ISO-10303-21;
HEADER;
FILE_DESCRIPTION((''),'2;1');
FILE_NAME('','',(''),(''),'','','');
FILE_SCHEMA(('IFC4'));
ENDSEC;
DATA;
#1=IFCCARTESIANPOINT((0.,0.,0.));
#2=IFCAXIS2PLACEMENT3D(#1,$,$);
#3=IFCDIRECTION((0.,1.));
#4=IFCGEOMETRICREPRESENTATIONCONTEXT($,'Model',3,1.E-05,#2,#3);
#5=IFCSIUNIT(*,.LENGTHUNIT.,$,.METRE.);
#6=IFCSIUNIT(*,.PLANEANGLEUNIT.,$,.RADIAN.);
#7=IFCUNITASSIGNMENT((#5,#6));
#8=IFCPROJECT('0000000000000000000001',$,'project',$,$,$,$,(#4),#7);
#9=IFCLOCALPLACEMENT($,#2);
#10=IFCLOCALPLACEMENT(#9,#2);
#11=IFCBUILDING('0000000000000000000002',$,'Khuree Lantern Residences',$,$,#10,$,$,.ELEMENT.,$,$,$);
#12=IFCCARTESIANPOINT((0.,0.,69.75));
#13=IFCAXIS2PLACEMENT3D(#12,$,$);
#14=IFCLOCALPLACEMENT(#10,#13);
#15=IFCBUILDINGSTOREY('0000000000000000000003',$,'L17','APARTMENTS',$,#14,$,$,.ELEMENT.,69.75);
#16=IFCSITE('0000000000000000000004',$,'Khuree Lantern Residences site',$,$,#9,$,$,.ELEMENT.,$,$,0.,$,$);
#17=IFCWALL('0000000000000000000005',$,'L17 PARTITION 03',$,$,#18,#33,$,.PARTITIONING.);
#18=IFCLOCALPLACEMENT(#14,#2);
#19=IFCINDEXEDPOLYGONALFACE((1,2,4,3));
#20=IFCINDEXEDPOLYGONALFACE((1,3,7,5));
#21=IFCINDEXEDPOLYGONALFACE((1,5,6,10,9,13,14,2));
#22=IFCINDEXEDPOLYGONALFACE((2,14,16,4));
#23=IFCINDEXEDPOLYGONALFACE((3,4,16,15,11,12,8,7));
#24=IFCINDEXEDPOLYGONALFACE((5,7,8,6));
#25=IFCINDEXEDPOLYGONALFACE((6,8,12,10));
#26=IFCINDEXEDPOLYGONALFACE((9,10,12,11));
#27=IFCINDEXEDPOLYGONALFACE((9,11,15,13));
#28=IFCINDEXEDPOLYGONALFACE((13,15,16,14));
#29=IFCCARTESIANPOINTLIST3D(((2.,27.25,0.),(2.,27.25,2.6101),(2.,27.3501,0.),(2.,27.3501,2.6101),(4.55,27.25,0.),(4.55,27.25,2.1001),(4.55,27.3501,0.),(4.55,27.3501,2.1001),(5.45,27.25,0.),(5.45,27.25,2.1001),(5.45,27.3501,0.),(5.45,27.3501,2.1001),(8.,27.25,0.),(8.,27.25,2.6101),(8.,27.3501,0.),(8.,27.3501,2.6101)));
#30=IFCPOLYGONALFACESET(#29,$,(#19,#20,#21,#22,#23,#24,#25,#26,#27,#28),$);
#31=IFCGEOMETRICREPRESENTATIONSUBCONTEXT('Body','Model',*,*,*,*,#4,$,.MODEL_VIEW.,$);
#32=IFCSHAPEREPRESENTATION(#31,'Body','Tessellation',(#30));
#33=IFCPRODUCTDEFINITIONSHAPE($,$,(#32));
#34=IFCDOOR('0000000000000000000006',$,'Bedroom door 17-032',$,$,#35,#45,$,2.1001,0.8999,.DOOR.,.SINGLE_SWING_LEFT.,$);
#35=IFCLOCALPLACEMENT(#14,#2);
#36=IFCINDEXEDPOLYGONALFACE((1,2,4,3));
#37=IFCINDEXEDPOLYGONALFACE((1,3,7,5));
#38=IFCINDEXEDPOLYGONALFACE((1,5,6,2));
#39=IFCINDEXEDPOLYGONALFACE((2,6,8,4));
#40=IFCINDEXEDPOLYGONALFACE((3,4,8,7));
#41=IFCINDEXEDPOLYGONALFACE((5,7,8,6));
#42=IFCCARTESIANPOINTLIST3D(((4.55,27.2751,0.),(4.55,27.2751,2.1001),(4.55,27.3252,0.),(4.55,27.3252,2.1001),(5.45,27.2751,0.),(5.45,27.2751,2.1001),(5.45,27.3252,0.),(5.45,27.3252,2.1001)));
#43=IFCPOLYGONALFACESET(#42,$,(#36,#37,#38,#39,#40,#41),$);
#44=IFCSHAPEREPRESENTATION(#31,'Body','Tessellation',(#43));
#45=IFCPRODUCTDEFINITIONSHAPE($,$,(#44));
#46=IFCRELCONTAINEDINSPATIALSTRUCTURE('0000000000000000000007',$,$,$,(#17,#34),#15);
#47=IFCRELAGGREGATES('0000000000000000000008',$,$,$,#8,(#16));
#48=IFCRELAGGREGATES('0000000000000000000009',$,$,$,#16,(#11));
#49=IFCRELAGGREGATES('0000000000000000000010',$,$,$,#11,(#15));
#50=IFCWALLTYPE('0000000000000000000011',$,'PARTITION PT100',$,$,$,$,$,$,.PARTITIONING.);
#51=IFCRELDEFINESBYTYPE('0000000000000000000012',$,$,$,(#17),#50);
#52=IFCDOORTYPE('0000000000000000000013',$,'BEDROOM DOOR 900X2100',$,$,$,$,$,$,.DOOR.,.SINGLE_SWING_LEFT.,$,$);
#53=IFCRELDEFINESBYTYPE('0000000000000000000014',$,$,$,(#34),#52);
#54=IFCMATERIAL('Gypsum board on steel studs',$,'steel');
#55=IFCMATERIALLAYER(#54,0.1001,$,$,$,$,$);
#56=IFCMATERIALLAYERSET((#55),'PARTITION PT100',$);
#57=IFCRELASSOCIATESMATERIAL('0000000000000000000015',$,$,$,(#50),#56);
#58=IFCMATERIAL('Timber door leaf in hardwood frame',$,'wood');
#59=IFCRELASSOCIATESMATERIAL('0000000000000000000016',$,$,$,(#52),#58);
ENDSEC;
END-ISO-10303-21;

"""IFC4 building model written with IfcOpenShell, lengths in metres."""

from ifc_helpers import new_model, si_unit, direction, frame, frame_2d, origin, place, context, subcontext, project, spatial, rectangle, extrude, material, layer, layer_set, type_object, element, fill, save


model = new_model("IFC4")

# Units and contexts
model_context = context("Model", 3, precision=1e-05, world=origin(), true_north=direction((0.0, 1.0)))
body_context = subcontext(model_context, "Body", "Model", "MODEL_VIEW")
ifc_project = project(units=[si_unit("LENGTHUNIT", "METRE"), si_unit("PLANEANGLEUNIT", "RADIAN")], contexts=[model_context])

# Site, building, storey
site_placement = place(None, origin())
site = spatial("IfcSite", under=ifc_project, at=site_placement, Name="Khuree Lantern Residences site", CompositionType="ELEMENT", RefElevation=0.0)
building_placement = place(site_placement, origin())
building = spatial("IfcBuilding", under=site, at=building_placement, Name="Khuree Lantern Residences", CompositionType="ELEMENT")
storey_placement = place(building_placement, frame((0.0, 0.0, 69.75)))
storey = spatial("IfcBuildingStorey", under=building, at=storey_placement, Name="L17", Description="APARTMENTS", CompositionType="ELEMENT", Elevation=69.75)

# Shared definitions
ifc_material_1 = material(Name="Timber door leaf in hardwood frame", Category="wood")

# Shared definitions
ifc_material_2 = material(Name="Gypsum board on steel studs", Category="steel")
ifc_layer_1 = layer(ifc_material_2, 0.1001)
ifc_layer_set_1 = layer_set([ifc_layer_1], Name="PARTITION PT100")
wall_type_1 = type_object("IfcWallType", Name="PARTITION PT100", PredefinedType="PARTITIONING", material=ifc_layer_set_1)

# Shared definitions
door_type_1 = type_object("IfcDoorType", Name="BEDROOM DOOR 900X2100", OperationType="SINGLE_SWING_LEFT", PredefinedType="DOOR", material=ifc_material_1)

# Wall, opening, door
wall_1_placement = place(storey_placement, frame((8.0, 27.3, 0.0), z_axis=(0.0, 0.0, 1.0), x_axis=(-1.0, 0.0, 0.0)))
wall_1 = element("IfcWall", 1, at=wall_1_placement, inside=storey, type_object=wall_type_1, Name="L17 PARTITION 03", PredefinedType="PARTITIONING", context=body_context, shape_type="SweptSolid", body=[
    extrude(rectangle(XDim=6.0, YDim=0.1001, at=frame_2d((3.0, 0.0))), origin(), (0.0, 0.0, 1.0), 2.6101),
])
opening_1_placement = place(wall_1_placement, frame((2.55, 0.0, 0.0)))
opening_1 = element("IfcOpeningElement", 2, at=opening_1_placement, cuts=wall_1, PredefinedType="OPENING", context=body_context, shape_type="SweptSolid", body=[
    extrude(rectangle(XDim=0.8999, YDim=2.1001, at=frame_2d((0.45, 1.05))), frame((0.0, 0.0601, 0.0), z_axis=(0.0, -1.0, 0.0), x_axis=(1.0, 0.0, 0.0)), (0.0, 0.0, 1.0), 0.1201),
])
door_1_placement = place(opening_1_placement, origin())
door_1 = element("IfcDoor", 3, at=door_1_placement, inside=storey, type_object=door_type_1, Name="Bedroom door 17-032", OperationType="SINGLE_SWING_LEFT", OverallHeight=2.1001, OverallWidth=0.8999, PredefinedType="DOOR", context=body_context, shape_type="SweptSolid", body=[
    extrude(rectangle(XDim=0.8999, YDim=2.1001, at=frame_2d((0.45, 1.05))), frame((0.0, 0.0249, 0.0), z_axis=(0.0, -1.0, 0.0), x_axis=(1.0, 0.0, 0.0)), (0.0, 0.0, 1.0), 0.05),
])
fill(opening_1, door_1)

save(model, "model.ifc")
